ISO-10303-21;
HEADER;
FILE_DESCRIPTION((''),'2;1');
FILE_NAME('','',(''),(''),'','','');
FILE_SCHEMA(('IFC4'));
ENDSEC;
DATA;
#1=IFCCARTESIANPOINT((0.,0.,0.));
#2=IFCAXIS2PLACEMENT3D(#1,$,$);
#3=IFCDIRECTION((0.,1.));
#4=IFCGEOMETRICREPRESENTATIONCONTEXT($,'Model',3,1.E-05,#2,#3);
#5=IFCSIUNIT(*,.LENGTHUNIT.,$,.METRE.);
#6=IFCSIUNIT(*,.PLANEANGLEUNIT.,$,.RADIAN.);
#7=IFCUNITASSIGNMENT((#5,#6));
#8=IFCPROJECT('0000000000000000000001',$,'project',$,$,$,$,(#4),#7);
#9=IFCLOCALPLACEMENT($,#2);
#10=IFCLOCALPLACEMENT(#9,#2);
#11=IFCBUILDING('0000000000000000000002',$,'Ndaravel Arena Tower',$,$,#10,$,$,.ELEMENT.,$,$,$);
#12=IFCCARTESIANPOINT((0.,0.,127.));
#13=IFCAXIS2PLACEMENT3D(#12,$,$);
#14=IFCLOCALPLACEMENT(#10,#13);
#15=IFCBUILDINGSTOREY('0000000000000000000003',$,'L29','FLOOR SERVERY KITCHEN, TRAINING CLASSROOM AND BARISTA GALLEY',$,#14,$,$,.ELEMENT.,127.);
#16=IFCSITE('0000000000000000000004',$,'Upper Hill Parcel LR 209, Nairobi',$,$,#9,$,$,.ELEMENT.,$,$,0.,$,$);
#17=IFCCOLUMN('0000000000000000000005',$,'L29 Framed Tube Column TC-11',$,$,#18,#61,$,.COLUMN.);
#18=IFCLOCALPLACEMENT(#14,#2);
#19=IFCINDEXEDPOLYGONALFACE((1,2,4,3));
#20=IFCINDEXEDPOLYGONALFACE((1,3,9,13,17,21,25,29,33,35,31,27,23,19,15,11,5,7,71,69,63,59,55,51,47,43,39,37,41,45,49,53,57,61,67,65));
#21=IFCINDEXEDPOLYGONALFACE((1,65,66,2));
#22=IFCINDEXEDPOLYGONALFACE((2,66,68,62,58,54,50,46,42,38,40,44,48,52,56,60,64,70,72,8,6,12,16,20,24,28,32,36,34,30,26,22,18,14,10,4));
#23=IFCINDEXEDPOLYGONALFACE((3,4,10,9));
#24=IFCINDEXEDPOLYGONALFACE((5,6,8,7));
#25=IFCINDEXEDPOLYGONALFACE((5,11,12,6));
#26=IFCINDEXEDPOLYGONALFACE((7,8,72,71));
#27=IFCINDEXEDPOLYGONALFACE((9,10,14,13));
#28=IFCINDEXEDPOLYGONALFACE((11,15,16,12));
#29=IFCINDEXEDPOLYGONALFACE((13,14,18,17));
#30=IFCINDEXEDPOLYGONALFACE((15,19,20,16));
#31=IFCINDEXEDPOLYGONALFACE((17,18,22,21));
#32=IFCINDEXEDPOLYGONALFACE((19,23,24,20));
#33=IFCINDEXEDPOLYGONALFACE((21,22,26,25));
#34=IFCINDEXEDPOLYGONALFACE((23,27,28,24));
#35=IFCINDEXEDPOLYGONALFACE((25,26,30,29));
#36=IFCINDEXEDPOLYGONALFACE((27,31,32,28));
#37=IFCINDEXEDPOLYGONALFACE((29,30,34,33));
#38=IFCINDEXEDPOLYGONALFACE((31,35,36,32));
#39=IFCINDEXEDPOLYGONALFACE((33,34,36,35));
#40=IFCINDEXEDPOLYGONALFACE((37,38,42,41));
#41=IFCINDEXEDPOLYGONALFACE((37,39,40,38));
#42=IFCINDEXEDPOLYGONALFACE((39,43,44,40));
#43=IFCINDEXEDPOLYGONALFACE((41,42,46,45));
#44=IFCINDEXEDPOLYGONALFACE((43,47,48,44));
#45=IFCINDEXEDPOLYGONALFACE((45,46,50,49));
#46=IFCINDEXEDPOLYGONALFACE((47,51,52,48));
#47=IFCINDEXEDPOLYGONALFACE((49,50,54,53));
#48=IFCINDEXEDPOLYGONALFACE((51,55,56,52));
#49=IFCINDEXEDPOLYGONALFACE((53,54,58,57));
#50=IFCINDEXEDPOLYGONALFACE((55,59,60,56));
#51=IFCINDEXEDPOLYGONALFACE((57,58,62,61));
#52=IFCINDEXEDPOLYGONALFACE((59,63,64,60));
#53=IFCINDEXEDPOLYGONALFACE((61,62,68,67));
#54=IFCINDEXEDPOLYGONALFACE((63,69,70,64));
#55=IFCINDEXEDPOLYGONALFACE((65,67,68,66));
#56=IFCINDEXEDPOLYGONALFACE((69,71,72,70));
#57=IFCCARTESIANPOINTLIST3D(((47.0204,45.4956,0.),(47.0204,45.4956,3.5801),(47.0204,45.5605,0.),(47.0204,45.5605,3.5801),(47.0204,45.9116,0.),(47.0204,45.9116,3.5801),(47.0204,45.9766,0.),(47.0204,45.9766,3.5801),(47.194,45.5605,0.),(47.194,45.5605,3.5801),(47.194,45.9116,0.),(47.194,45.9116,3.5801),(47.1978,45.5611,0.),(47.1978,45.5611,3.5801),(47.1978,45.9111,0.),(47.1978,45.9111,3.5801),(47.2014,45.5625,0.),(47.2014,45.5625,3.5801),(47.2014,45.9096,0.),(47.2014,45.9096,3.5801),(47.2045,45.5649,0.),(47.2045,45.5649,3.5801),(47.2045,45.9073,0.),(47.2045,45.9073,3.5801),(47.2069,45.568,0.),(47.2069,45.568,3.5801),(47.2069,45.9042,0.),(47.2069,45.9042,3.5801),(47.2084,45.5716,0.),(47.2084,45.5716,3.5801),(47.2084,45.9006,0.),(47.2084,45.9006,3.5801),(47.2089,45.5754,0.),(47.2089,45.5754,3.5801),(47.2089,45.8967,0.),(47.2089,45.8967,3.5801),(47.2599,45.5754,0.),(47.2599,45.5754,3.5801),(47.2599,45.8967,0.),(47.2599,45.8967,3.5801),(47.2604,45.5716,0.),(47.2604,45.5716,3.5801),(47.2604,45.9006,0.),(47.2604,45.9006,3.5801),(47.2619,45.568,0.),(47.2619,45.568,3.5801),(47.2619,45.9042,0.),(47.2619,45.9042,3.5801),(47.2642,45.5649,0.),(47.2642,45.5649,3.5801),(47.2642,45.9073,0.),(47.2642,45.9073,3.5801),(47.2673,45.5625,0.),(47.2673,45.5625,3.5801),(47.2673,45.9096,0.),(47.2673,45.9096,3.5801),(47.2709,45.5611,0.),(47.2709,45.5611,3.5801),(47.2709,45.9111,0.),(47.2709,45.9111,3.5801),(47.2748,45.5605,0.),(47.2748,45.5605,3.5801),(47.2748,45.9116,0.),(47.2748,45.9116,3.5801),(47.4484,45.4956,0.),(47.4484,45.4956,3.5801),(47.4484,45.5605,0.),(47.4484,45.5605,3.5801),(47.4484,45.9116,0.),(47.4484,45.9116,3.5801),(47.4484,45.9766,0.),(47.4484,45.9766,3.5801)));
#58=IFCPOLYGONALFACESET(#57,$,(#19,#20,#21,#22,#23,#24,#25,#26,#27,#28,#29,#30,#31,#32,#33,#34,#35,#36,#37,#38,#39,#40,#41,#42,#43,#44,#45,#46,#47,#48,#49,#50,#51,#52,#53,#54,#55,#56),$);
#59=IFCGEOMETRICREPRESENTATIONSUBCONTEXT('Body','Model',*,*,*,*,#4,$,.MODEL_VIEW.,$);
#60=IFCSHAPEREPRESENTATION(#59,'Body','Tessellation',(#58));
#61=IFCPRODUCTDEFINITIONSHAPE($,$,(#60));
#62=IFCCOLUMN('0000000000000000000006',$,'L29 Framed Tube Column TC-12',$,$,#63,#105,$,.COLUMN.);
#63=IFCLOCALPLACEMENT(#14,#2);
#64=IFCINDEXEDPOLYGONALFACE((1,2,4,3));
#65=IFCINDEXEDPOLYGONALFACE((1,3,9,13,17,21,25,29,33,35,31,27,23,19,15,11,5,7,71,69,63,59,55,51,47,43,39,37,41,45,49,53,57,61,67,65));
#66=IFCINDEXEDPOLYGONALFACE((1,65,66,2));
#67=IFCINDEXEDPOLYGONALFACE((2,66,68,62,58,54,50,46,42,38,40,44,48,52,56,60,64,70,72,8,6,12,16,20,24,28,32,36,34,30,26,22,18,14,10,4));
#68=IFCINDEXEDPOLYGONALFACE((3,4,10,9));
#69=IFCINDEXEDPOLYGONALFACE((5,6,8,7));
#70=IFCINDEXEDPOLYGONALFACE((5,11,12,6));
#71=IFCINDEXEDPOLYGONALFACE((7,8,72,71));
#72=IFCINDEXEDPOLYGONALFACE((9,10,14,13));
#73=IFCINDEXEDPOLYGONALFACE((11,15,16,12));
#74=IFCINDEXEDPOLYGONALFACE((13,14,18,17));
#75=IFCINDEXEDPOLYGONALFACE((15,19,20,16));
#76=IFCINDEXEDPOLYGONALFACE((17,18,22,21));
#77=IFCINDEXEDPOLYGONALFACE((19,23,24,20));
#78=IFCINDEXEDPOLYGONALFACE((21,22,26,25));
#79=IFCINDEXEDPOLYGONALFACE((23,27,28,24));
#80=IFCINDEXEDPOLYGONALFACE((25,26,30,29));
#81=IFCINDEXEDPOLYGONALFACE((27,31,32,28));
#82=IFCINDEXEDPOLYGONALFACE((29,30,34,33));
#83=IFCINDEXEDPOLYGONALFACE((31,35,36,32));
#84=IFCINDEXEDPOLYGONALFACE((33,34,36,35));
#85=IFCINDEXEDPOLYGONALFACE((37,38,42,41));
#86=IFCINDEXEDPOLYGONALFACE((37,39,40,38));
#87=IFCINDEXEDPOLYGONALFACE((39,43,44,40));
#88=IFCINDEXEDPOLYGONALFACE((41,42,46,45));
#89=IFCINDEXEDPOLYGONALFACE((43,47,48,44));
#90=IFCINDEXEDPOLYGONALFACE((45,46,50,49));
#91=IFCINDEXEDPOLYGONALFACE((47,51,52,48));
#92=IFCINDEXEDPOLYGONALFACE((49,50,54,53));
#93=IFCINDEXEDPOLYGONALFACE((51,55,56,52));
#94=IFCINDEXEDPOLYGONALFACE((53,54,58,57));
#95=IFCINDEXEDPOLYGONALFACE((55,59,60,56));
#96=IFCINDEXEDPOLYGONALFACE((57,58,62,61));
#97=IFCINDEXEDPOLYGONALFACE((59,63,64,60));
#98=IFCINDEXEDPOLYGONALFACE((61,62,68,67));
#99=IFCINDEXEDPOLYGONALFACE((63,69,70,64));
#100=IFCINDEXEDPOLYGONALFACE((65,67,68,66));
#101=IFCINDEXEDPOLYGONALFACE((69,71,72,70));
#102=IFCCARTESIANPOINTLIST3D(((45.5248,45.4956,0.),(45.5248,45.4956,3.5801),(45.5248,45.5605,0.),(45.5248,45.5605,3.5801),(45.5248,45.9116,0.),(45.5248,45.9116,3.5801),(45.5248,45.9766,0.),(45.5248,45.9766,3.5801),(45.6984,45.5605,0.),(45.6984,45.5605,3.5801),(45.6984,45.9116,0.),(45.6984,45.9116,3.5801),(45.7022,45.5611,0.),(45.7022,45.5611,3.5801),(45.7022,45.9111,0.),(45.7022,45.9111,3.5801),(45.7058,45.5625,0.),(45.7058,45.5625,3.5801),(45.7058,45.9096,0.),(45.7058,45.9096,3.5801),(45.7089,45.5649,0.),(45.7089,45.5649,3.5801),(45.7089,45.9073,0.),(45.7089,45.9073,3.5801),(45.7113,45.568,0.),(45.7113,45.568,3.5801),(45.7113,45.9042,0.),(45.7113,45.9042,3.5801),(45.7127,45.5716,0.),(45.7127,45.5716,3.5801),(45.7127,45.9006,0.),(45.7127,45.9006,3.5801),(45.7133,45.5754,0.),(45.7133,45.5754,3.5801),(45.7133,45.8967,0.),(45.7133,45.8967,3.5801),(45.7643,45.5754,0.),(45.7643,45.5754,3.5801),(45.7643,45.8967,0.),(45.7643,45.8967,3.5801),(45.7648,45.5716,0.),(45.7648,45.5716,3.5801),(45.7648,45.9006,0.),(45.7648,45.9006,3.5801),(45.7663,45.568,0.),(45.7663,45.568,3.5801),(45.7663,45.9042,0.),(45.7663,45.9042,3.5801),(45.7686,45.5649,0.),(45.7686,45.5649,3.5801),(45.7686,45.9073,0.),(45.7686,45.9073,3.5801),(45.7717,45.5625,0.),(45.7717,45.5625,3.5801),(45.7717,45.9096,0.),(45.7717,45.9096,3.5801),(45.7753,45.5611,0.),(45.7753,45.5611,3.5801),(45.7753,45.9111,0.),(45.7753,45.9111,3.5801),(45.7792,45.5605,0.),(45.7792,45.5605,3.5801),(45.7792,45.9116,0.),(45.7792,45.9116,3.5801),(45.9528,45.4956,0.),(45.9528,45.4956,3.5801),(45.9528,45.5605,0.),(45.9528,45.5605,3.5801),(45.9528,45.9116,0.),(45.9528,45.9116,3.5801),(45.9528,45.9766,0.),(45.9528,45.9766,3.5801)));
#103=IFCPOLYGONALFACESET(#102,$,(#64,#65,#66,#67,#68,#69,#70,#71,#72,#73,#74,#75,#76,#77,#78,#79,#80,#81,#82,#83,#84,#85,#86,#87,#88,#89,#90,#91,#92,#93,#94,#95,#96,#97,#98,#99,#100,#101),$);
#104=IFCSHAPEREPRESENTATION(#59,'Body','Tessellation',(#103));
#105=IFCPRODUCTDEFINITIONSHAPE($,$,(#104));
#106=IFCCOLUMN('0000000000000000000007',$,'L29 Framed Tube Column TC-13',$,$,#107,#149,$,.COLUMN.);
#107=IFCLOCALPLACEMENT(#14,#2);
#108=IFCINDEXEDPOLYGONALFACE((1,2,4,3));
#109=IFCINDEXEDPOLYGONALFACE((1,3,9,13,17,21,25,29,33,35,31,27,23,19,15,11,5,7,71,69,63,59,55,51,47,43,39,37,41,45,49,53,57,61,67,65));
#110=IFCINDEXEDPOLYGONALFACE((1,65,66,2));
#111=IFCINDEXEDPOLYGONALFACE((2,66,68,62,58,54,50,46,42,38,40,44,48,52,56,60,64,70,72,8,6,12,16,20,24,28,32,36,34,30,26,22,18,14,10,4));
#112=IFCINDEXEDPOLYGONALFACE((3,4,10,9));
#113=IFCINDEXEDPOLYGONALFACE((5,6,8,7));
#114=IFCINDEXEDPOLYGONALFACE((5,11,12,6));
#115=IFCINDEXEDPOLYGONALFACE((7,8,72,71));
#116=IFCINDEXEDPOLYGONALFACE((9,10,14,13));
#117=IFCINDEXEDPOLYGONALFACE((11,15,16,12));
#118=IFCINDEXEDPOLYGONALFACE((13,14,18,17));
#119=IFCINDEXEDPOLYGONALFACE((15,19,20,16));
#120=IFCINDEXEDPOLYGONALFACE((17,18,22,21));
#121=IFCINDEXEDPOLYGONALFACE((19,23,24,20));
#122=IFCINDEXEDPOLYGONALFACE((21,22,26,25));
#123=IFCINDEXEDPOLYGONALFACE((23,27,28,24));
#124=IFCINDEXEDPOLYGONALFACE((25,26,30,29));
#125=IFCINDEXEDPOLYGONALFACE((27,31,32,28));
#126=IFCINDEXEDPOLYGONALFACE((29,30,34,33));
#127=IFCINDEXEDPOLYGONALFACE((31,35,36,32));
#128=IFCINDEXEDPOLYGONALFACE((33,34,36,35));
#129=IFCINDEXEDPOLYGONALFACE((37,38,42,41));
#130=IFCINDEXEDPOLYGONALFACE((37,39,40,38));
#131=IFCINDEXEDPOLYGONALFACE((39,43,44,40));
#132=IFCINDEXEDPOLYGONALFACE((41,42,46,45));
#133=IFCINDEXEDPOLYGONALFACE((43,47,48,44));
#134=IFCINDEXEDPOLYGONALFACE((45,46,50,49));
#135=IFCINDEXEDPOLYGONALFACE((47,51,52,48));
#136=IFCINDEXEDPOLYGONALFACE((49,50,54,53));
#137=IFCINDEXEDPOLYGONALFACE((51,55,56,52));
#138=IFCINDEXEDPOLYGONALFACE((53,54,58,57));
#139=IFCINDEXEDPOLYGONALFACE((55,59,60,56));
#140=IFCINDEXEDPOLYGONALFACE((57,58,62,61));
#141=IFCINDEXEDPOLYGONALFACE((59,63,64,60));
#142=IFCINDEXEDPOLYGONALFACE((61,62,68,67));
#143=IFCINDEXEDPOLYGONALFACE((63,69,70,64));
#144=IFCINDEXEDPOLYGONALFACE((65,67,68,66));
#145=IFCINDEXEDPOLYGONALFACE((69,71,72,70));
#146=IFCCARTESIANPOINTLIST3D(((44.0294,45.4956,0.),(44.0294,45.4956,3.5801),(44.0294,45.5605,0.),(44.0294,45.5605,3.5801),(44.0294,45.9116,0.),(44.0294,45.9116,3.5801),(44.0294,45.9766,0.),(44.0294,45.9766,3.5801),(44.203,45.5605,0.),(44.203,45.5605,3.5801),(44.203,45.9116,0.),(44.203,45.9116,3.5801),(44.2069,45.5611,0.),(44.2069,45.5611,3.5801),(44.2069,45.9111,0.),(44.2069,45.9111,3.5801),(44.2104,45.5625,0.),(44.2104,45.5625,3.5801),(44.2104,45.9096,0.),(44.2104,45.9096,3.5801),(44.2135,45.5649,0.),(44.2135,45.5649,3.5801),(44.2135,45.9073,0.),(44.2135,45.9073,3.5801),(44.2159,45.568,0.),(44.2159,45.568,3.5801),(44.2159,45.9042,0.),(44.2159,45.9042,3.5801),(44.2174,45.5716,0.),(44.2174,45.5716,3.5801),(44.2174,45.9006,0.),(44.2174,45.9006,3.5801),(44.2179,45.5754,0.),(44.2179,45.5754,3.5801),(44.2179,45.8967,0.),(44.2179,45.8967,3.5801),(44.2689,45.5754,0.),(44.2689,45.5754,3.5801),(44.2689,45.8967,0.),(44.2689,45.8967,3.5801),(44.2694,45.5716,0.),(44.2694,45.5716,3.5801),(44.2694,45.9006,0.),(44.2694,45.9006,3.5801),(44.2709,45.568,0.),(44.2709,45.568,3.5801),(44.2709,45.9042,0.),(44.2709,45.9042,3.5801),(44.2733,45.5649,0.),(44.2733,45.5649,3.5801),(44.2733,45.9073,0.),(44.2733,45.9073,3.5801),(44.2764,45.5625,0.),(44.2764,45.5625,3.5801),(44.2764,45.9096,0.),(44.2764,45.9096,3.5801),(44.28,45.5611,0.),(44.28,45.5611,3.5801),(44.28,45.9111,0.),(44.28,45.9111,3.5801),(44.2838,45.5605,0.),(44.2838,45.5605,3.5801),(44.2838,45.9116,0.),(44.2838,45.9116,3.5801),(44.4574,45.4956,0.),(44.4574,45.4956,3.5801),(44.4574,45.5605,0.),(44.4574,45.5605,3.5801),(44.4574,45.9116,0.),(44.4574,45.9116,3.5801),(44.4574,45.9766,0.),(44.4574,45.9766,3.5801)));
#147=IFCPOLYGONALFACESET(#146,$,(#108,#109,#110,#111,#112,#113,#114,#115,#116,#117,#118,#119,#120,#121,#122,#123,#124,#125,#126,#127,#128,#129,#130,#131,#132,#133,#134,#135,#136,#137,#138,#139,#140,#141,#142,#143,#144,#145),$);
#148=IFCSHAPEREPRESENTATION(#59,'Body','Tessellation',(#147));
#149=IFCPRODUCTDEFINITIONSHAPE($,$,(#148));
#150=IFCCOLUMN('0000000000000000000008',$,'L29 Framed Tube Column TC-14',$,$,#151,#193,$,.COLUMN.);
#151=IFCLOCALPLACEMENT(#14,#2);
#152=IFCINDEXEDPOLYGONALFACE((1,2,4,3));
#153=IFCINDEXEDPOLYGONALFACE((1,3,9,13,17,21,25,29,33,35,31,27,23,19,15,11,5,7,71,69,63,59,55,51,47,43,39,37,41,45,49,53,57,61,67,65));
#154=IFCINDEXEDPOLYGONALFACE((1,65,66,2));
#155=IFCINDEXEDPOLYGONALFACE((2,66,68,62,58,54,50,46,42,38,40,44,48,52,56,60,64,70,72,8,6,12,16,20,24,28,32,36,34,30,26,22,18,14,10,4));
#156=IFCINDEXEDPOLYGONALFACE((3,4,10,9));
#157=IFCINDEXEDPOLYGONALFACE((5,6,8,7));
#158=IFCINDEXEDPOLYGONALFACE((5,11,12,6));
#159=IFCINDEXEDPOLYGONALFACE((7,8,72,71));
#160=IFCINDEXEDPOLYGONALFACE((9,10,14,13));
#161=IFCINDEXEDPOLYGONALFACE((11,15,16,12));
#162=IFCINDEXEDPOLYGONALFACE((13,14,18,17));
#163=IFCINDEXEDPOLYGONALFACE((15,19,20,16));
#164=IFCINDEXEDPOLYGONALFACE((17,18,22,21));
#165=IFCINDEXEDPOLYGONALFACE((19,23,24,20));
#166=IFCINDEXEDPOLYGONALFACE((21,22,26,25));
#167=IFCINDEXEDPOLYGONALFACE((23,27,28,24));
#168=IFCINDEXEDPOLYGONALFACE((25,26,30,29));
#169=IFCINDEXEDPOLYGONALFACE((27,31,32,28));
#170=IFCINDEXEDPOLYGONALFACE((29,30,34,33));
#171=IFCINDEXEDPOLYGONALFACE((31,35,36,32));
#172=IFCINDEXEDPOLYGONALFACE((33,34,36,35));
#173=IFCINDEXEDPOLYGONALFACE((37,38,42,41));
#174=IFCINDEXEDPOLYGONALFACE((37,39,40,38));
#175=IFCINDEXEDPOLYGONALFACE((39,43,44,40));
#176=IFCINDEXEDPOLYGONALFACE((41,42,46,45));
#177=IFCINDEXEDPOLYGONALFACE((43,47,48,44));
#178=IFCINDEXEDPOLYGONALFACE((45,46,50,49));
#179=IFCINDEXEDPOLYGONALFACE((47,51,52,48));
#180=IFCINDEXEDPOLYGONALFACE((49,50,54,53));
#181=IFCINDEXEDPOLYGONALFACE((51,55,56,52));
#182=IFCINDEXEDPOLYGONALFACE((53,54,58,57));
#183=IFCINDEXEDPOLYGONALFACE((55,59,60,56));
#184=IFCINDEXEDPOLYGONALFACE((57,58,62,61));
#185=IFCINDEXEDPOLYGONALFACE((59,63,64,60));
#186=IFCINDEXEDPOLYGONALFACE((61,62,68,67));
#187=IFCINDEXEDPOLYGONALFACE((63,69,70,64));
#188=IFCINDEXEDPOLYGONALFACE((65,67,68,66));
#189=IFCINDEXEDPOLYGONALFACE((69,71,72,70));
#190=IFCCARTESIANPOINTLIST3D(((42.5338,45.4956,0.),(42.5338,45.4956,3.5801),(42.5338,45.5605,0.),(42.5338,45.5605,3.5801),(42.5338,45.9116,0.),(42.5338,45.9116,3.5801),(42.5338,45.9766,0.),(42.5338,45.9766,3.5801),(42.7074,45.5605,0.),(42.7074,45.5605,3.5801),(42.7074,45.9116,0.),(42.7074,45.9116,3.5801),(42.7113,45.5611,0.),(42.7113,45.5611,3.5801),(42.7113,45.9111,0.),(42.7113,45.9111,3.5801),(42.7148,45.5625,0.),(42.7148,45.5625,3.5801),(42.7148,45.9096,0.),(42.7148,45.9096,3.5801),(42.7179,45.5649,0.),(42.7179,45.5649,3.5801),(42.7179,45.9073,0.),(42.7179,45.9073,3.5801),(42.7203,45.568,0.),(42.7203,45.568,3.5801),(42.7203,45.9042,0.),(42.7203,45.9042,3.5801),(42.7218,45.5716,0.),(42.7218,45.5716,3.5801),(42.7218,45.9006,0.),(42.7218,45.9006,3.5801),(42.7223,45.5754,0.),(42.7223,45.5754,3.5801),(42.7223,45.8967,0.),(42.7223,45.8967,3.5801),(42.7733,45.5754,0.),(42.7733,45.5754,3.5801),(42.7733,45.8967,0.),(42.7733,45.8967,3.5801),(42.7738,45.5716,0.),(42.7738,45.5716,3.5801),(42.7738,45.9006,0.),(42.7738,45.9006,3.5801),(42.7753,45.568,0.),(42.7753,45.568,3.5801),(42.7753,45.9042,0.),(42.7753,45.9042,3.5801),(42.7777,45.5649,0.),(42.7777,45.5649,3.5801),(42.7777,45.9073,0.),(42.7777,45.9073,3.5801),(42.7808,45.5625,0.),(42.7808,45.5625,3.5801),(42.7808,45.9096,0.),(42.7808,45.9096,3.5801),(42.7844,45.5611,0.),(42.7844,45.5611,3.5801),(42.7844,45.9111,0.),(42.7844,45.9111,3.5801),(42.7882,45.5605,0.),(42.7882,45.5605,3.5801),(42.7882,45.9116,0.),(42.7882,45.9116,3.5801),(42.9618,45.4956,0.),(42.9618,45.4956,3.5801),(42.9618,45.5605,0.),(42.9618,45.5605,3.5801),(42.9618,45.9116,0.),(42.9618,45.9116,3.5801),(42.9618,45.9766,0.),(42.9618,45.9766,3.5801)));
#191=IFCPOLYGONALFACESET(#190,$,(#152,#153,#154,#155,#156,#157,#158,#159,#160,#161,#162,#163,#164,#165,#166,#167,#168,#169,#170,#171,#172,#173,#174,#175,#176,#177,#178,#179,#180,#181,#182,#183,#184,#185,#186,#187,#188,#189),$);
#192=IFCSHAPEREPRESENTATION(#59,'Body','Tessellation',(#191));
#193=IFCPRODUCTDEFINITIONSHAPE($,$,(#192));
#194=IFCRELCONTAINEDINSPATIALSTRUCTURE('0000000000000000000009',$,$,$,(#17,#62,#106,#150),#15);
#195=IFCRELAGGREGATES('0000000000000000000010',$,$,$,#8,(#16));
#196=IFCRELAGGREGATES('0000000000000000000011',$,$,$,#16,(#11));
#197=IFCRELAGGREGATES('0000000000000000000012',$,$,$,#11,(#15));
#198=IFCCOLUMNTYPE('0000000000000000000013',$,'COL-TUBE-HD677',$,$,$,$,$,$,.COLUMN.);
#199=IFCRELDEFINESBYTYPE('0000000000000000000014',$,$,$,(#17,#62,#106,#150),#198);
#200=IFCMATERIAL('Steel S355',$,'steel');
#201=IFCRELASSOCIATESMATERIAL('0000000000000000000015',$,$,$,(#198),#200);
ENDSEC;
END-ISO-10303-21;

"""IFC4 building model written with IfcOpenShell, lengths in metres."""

from ifc_helpers import new_model, si_unit, direction, frame, origin, origin_2d, place, context, subcontext, project, spatial, i_section, extrude, material, material_profile, profile_set, type_object, element, save


model = new_model("IFC4")

# Units and contexts
model_context = context("Model", 3, precision=1e-05, world=origin(), true_north=direction((0.0, 1.0)))
body_context = subcontext(model_context, "Body", "Model", "MODEL_VIEW")
ifc_project = project(units=[si_unit("LENGTHUNIT", "METRE"), si_unit("PLANEANGLEUNIT", "RADIAN")], contexts=[model_context])

# Site, building, storey
site_placement = place(None, origin())
site = spatial("IfcSite", under=ifc_project, at=site_placement, Name="Upper Hill Parcel LR 209, Nairobi", CompositionType="ELEMENT", RefElevation=0.0)
building_placement = place(site_placement, origin())
building = spatial("IfcBuilding", under=site, at=building_placement, Name="Ndaravel Arena Tower", CompositionType="ELEMENT")
storey_placement = place(building_placement, frame((0.0, 0.0, 127.0)))
storey = spatial("IfcBuildingStorey", under=building, at=storey_placement, Name="L29", Description="FLOOR SERVERY KITCHEN, TRAINING CLASSROOM AND BARISTA GALLEY", CompositionType="ELEMENT", Elevation=127.0)

# Columns
ifc_material_1 = material(Name="Steel S355", Category="steel")
ifc_material_profile_1 = material_profile(ifc_material_1, i_section(OverallWidth=0.428, OverallDepth=0.481, WebThickness=0.051, FlangeThickness=0.0649, FilletRadius=0.0149, at=origin_2d()), Name="HD 400x677")
ifc_profile_set_1 = profile_set([ifc_material_profile_1], Name="Steel S355")
column_type = type_object("IfcColumnType", Name="COL-TUBE-HD677", PredefinedType="COLUMN", material=ifc_profile_set_1)
for number, where, z_axis, x_axis, name in (
    (1, (47.2344, 45.7361, 0.0), (0.0, 0.0, 1.0), (1.0, 0.0, 0.0), "L29 Framed Tube Column TC-11"),
    (2, (45.7388, 45.7361, 0.0), (0.0, 0.0, 1.0), (1.0, 0.0, 0.0), "L29 Framed Tube Column TC-12"),
    (3, (44.2434, 45.7361, 0.0), (0.0, 0.0, 1.0), (1.0, 0.0, 0.0), "L29 Framed Tube Column TC-13"),
    (4, (42.7478, 45.7361, 0.0), (0.0, 0.0, 1.0), (1.0, 0.0, 0.0), "L29 Framed Tube Column TC-14"),
):
    element("IfcColumn", number, at=place(storey_placement, frame(where, z_axis=z_axis, x_axis=x_axis)), inside=storey, type_object=column_type, Name=name, PredefinedType="COLUMN", context=body_context, shape_type="SweptSolid", body=[
        extrude(i_section(OverallWidth=0.428, OverallDepth=0.481, WebThickness=0.051, FlangeThickness=0.0649, FilletRadius=0.0149, at=origin_2d()), origin(), (0.0, 0.0, 1.0), 3.5801),
    ])

save(model, "model.ifc")
